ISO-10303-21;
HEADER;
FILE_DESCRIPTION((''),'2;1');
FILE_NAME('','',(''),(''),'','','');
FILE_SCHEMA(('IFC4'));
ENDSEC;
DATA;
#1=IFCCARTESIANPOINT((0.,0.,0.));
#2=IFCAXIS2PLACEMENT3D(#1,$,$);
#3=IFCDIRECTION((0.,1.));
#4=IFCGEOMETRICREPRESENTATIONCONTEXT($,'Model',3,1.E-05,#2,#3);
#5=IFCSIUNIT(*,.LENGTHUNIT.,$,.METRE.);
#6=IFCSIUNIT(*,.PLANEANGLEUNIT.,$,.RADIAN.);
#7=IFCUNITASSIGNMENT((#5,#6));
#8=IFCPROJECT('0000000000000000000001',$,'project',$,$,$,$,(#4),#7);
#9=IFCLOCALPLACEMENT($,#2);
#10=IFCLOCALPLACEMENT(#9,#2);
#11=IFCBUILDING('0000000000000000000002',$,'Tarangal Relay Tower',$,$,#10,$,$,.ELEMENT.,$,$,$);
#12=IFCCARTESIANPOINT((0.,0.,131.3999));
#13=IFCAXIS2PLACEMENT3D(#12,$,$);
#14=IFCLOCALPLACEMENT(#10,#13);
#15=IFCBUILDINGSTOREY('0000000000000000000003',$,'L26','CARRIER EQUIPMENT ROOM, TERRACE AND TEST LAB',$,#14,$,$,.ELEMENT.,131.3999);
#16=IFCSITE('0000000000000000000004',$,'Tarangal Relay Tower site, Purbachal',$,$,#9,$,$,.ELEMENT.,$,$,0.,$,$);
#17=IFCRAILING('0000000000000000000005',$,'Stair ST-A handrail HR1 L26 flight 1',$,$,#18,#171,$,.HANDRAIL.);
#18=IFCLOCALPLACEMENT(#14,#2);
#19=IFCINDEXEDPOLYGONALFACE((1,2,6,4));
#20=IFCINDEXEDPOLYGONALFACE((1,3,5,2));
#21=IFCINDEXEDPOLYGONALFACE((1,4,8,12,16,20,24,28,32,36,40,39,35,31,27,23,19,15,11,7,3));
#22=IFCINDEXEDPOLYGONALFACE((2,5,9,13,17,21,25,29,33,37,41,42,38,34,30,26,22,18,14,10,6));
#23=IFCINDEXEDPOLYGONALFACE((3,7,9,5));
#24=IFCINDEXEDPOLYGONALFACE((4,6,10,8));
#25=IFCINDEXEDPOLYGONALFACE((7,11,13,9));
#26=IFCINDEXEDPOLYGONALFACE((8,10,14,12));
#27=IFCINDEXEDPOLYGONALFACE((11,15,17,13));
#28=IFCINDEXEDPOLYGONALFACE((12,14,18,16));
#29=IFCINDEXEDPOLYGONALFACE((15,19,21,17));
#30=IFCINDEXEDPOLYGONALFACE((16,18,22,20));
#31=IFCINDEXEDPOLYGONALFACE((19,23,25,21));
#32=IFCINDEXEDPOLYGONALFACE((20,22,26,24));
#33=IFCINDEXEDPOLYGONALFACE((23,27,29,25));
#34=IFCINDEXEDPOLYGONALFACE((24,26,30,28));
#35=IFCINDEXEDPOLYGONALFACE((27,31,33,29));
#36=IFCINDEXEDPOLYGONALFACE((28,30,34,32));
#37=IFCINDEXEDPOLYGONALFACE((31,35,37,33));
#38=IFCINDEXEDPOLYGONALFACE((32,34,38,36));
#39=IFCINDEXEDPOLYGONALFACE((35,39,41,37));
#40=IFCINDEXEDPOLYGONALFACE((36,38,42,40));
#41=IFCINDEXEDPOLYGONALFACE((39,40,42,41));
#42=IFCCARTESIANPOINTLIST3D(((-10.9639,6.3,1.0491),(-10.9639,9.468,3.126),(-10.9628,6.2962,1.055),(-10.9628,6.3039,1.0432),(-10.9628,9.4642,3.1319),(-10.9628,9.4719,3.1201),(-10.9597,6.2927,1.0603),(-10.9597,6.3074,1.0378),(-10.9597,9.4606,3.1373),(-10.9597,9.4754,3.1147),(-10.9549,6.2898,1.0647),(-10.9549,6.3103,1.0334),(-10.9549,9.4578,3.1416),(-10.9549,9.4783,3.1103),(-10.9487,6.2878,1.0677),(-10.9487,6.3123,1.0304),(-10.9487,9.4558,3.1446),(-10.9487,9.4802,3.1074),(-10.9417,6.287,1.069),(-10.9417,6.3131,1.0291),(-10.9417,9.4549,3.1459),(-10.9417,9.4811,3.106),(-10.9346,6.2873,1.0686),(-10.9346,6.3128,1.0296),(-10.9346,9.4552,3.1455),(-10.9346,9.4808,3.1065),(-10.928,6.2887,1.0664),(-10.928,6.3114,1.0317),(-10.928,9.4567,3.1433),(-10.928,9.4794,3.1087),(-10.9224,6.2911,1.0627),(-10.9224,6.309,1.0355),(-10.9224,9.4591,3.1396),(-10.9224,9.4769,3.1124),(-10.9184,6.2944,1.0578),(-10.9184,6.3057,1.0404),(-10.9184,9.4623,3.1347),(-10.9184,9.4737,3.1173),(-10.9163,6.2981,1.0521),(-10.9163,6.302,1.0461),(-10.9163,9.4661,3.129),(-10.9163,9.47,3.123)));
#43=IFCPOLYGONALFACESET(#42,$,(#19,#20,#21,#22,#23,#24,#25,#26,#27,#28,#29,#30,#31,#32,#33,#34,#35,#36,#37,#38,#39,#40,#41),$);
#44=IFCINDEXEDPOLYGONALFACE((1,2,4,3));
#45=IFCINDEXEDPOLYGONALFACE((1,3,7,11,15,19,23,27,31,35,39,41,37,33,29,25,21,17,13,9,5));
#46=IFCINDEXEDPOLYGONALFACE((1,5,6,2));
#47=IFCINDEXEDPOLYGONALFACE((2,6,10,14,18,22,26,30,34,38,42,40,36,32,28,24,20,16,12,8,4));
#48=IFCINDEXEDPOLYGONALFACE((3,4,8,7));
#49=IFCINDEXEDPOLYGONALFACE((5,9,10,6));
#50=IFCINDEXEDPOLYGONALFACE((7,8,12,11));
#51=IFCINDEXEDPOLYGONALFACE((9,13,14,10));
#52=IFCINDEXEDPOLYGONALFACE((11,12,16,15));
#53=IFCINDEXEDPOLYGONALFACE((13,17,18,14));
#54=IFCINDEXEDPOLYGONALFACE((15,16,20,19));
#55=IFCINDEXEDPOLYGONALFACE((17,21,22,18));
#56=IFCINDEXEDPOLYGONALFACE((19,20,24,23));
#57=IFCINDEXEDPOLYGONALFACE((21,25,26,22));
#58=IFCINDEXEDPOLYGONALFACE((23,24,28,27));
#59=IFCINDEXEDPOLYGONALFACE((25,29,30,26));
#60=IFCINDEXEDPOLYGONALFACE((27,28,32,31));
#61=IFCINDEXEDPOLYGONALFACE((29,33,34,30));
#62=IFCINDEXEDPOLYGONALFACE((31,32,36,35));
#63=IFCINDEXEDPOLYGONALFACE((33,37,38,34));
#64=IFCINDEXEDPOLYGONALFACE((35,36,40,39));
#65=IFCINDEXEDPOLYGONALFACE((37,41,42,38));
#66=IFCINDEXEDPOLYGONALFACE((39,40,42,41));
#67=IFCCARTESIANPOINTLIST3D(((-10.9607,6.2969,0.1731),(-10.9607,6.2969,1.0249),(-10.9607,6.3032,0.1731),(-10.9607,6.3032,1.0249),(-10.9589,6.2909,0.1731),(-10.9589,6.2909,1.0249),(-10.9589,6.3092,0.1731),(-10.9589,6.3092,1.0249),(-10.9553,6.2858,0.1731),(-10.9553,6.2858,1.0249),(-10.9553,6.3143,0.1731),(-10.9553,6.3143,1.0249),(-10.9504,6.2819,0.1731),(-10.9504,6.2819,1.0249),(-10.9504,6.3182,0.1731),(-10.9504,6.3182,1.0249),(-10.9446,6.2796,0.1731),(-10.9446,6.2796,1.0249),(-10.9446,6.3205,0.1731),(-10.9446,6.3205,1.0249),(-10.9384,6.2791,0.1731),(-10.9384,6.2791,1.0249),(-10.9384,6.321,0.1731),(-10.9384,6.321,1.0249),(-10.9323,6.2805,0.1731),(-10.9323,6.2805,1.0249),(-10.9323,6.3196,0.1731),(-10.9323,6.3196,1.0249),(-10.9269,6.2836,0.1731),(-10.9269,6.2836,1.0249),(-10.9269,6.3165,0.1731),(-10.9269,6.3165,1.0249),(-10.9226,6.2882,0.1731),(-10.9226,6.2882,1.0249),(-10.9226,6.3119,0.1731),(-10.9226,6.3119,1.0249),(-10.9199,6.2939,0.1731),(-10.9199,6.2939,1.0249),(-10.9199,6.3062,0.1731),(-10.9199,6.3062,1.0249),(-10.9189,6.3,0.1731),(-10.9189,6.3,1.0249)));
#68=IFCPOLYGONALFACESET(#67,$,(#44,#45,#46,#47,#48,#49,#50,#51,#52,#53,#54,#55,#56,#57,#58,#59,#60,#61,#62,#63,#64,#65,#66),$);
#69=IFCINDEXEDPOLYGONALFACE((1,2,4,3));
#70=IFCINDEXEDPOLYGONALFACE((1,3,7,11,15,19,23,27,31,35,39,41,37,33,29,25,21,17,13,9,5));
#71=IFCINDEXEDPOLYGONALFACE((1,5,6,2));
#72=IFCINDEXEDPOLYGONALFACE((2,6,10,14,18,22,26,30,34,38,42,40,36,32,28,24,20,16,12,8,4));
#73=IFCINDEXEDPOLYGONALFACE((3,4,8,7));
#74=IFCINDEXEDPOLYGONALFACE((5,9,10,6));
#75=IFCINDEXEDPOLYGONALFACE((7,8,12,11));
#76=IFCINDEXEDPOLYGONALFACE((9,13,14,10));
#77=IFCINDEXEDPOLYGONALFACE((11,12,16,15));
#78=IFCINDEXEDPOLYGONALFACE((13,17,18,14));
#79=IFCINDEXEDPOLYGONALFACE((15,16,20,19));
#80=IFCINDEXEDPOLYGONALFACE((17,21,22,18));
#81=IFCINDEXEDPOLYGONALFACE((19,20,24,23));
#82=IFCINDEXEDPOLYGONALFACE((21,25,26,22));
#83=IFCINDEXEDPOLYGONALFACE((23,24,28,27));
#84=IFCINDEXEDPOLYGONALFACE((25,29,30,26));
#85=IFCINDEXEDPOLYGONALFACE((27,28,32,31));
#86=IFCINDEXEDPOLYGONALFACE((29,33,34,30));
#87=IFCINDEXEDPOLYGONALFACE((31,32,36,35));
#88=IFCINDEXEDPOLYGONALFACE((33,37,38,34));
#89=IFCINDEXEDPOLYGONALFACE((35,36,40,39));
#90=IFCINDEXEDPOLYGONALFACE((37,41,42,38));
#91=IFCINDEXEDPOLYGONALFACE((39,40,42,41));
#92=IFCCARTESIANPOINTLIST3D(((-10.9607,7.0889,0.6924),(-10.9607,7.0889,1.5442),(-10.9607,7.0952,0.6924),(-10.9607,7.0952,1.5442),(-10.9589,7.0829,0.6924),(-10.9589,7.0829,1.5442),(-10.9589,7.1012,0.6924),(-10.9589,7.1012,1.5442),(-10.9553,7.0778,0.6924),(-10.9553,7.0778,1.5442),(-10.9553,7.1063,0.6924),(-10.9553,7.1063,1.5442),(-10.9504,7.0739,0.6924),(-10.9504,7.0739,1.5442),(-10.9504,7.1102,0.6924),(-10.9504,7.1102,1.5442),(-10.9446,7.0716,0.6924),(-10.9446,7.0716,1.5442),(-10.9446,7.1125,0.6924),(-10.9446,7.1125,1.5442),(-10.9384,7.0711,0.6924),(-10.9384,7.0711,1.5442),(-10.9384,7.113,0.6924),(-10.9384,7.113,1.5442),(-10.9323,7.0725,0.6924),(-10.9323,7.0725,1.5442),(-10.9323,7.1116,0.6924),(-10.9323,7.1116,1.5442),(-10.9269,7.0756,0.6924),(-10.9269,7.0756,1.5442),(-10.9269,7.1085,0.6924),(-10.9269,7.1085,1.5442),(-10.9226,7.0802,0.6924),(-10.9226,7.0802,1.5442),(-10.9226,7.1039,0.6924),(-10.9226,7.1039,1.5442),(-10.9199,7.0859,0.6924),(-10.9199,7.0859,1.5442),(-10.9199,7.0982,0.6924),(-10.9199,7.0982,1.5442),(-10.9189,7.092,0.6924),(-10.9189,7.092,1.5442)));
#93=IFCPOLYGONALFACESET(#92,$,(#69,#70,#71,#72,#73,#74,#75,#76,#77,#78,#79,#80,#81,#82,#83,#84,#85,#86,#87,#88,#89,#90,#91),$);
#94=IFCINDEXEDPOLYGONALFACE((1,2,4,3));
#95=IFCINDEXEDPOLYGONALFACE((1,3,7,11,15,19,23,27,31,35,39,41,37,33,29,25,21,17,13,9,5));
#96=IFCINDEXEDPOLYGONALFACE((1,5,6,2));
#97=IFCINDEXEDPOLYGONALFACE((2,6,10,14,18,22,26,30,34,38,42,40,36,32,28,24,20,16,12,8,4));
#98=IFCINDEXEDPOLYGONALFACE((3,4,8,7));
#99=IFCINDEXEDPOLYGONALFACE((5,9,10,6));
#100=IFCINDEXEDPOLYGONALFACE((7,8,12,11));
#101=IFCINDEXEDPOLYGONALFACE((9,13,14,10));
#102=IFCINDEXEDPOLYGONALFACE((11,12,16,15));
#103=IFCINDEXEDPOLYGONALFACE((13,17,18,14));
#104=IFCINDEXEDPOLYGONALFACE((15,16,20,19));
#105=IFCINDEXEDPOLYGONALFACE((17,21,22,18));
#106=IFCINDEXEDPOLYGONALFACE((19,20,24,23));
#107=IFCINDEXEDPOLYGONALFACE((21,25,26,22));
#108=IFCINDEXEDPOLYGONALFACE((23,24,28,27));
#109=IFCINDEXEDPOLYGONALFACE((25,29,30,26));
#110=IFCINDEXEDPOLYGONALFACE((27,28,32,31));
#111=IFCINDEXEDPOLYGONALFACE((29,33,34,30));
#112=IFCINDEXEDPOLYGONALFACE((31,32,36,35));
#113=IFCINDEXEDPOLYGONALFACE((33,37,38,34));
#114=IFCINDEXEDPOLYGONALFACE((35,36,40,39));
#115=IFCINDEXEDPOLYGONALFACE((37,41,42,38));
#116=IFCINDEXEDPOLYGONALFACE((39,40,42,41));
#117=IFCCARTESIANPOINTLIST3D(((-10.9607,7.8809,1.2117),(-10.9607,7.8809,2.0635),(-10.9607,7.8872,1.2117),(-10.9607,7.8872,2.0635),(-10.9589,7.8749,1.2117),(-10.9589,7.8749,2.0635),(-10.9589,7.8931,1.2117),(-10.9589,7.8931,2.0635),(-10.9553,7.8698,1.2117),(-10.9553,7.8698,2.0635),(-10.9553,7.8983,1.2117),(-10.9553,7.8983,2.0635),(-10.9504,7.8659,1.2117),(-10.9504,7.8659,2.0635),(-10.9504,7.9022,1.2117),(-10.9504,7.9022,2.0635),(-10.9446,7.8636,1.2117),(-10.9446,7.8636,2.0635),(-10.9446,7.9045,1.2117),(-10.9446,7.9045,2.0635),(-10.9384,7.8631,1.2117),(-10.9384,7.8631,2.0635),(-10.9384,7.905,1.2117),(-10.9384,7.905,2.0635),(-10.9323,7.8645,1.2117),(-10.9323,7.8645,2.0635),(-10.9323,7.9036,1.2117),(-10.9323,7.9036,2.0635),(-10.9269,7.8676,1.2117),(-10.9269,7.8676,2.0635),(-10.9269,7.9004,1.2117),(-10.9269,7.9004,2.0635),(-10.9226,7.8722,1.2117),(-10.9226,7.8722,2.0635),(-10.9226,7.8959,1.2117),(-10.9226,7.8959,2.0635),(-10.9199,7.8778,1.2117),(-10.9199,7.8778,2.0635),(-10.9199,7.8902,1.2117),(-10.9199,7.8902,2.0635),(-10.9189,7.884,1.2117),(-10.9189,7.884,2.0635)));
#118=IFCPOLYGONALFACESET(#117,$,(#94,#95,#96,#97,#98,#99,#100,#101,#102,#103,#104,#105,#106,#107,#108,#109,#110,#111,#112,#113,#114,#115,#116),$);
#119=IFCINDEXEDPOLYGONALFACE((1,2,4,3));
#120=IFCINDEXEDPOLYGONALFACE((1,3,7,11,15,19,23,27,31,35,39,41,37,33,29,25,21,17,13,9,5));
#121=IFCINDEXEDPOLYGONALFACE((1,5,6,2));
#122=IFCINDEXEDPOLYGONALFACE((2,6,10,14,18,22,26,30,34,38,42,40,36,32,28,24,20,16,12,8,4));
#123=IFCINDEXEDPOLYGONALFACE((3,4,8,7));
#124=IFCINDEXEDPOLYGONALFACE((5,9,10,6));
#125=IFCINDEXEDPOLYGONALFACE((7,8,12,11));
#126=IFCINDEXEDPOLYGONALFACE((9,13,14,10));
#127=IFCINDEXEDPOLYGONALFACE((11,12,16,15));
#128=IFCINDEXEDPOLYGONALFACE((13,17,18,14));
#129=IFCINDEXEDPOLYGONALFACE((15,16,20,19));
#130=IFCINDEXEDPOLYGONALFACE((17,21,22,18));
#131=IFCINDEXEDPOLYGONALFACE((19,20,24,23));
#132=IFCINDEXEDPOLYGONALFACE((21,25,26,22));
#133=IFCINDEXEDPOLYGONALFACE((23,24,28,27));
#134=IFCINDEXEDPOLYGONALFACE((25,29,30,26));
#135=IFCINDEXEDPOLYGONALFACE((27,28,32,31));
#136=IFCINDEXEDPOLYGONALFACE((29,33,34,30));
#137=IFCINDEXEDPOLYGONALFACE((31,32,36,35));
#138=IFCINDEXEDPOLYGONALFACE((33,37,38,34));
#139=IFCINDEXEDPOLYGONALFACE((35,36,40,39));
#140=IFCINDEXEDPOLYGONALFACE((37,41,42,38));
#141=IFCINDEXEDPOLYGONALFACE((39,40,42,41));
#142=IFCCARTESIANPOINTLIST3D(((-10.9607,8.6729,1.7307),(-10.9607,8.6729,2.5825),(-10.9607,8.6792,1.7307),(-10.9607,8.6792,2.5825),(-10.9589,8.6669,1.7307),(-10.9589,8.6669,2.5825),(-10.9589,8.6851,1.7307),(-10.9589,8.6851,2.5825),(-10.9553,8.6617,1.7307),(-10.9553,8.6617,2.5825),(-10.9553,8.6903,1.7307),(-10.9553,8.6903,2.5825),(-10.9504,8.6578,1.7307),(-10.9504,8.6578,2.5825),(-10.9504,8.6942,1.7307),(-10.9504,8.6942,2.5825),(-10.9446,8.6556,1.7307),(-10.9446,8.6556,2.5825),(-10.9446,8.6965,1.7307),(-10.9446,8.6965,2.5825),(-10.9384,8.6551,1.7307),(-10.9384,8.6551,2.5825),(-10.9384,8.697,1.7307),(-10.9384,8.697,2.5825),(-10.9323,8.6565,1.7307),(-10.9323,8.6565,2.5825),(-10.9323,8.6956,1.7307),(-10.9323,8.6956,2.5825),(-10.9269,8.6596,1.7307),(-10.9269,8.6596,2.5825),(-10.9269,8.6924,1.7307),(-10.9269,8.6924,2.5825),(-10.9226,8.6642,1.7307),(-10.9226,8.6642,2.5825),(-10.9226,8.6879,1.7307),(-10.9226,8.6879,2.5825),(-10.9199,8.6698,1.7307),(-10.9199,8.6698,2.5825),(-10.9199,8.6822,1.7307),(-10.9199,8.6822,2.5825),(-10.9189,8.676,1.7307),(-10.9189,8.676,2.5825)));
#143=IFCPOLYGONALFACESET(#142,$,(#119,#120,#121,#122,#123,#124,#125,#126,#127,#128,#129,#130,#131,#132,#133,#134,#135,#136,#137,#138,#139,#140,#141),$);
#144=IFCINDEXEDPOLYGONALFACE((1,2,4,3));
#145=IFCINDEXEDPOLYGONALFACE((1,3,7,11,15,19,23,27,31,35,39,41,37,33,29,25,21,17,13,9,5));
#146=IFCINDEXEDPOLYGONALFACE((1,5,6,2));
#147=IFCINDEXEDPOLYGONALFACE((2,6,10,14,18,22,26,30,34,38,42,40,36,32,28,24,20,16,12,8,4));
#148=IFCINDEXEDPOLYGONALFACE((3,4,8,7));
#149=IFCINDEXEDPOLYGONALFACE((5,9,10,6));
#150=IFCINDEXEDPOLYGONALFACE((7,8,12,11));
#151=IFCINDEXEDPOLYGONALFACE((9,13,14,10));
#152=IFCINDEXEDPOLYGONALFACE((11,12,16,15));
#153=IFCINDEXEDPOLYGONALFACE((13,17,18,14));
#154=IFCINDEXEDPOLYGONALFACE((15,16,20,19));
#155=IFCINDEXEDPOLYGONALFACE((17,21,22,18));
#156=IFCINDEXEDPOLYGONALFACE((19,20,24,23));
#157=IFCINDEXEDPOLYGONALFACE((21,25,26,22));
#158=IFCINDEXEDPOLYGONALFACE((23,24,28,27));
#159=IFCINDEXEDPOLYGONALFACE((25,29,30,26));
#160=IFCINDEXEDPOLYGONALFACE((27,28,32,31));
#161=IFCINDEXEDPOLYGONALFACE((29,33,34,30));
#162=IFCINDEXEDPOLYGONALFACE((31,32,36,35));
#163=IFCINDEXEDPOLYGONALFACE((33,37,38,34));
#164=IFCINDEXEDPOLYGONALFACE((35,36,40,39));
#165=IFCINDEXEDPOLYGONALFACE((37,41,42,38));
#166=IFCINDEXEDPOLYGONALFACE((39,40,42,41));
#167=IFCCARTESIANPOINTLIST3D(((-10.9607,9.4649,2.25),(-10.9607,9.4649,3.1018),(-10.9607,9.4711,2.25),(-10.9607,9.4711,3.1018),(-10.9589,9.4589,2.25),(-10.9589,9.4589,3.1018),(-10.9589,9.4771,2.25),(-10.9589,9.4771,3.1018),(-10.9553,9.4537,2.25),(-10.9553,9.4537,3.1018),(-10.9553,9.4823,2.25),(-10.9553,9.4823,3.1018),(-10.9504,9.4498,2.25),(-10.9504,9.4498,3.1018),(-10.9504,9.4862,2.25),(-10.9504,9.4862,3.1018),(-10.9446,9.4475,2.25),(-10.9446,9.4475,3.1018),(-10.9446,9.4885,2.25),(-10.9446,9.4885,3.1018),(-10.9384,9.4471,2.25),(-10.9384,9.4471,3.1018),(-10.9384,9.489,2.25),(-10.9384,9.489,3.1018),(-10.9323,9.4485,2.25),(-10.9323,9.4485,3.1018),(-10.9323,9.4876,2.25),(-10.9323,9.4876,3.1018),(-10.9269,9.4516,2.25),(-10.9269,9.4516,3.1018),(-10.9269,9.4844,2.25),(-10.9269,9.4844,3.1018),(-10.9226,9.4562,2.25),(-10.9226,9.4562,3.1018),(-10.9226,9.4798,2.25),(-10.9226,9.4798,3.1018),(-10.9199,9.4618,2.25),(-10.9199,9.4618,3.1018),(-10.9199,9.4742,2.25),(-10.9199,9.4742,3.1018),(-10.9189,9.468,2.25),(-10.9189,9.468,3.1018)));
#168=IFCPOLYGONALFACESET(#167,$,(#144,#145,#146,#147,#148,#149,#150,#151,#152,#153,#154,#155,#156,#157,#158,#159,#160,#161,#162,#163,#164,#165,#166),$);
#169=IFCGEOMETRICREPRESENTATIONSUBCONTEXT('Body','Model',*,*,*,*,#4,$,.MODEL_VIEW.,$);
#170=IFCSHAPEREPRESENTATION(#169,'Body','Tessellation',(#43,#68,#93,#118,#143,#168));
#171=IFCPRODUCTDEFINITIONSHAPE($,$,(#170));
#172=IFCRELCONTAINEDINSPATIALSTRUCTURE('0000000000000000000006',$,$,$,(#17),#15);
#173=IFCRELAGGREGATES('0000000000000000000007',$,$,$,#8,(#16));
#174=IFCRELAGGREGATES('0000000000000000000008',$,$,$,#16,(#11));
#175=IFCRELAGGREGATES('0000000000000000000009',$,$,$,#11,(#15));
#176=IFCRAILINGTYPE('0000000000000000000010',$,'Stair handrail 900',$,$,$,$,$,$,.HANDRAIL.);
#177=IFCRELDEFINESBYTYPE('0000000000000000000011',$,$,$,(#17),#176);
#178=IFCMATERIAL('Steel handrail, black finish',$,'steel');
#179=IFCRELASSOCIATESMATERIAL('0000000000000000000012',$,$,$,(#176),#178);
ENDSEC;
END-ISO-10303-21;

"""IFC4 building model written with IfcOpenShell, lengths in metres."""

from ifc_helpers import new_model, si_unit, direction, frame, origin, origin_2d, place, context, subcontext, project, spatial, circle, extrude, material, type_object, element, save


model = new_model("IFC4")

# Units and contexts
model_context = context("Model", 3, precision=1e-05, world=origin(), true_north=direction((0.0, 1.0)))
body_context = subcontext(model_context, "Body", "Model", "MODEL_VIEW")
ifc_project = project(units=[si_unit("LENGTHUNIT", "METRE"), si_unit("PLANEANGLEUNIT", "RADIAN")], contexts=[model_context])

# Site, building, storey
site_placement = place(None, origin())
site = spatial("IfcSite", under=ifc_project, at=site_placement, Name="Tarangal Relay Tower site, Purbachal", CompositionType="ELEMENT", RefElevation=0.0)
building_placement = place(site_placement, origin())
building = spatial("IfcBuilding", under=site, at=building_placement, Name="Tarangal Relay Tower", CompositionType="ELEMENT")
storey_placement = place(building_placement, frame((0.0, 0.0, 131.3999)))
storey = spatial("IfcBuildingStorey", under=building, at=storey_placement, Name="L26", Description="CARRIER EQUIPMENT ROOM, TERRACE AND TEST LAB", CompositionType="ELEMENT", Elevation=131.3999)

# Railing
ifc_material_1 = material(Name="Steel handrail, black finish", Category="steel")
railing_type = type_object("IfcRailingType", Name="Stair handrail 900", PredefinedType="HANDRAIL", material=ifc_material_1)
railing_placement = place(storey_placement, frame((-10.9399, 6.3, 0.1731)))
element("IfcRailing", 1, at=railing_placement, inside=storey, type_object=railing_type, Name="Stair ST-A handrail HR1 L26 flight 1", PredefinedType="HANDRAIL", context=body_context, shape_type="SweptSolid", body=[
    extrude(circle(Radius=0.0239, at=origin_2d()), frame((0.0, 0.0, 0.876), z_axis=(0.0, 0.836299, 0.548273), x_axis=(-1.0, 0.0, 0.0)), (0.0, 0.0, 1.0), 3.7881),
    extrude(circle(Radius=0.021, at=origin_2d()), origin(), (0.0, 0.0, 1.0), 0.8518),
    extrude(circle(Radius=0.021, at=origin_2d()), frame((0.0, 0.792, 0.5193)), (0.0, 0.0, 1.0), 0.8518),
    extrude(circle(Radius=0.021, at=origin_2d()), frame((0.0, 1.584, 1.0386)), (0.0, 0.0, 1.0), 0.8518),
    extrude(circle(Radius=0.021, at=origin_2d()), frame((0.0, 2.376, 1.5576)), (0.0, 0.0, 1.0), 0.8518),
    extrude(circle(Radius=0.021, at=origin_2d()), frame((0.0, 3.168, 2.0769)), (0.0, 0.0, 1.0), 0.8518),
])

save(model, "model.ifc")
